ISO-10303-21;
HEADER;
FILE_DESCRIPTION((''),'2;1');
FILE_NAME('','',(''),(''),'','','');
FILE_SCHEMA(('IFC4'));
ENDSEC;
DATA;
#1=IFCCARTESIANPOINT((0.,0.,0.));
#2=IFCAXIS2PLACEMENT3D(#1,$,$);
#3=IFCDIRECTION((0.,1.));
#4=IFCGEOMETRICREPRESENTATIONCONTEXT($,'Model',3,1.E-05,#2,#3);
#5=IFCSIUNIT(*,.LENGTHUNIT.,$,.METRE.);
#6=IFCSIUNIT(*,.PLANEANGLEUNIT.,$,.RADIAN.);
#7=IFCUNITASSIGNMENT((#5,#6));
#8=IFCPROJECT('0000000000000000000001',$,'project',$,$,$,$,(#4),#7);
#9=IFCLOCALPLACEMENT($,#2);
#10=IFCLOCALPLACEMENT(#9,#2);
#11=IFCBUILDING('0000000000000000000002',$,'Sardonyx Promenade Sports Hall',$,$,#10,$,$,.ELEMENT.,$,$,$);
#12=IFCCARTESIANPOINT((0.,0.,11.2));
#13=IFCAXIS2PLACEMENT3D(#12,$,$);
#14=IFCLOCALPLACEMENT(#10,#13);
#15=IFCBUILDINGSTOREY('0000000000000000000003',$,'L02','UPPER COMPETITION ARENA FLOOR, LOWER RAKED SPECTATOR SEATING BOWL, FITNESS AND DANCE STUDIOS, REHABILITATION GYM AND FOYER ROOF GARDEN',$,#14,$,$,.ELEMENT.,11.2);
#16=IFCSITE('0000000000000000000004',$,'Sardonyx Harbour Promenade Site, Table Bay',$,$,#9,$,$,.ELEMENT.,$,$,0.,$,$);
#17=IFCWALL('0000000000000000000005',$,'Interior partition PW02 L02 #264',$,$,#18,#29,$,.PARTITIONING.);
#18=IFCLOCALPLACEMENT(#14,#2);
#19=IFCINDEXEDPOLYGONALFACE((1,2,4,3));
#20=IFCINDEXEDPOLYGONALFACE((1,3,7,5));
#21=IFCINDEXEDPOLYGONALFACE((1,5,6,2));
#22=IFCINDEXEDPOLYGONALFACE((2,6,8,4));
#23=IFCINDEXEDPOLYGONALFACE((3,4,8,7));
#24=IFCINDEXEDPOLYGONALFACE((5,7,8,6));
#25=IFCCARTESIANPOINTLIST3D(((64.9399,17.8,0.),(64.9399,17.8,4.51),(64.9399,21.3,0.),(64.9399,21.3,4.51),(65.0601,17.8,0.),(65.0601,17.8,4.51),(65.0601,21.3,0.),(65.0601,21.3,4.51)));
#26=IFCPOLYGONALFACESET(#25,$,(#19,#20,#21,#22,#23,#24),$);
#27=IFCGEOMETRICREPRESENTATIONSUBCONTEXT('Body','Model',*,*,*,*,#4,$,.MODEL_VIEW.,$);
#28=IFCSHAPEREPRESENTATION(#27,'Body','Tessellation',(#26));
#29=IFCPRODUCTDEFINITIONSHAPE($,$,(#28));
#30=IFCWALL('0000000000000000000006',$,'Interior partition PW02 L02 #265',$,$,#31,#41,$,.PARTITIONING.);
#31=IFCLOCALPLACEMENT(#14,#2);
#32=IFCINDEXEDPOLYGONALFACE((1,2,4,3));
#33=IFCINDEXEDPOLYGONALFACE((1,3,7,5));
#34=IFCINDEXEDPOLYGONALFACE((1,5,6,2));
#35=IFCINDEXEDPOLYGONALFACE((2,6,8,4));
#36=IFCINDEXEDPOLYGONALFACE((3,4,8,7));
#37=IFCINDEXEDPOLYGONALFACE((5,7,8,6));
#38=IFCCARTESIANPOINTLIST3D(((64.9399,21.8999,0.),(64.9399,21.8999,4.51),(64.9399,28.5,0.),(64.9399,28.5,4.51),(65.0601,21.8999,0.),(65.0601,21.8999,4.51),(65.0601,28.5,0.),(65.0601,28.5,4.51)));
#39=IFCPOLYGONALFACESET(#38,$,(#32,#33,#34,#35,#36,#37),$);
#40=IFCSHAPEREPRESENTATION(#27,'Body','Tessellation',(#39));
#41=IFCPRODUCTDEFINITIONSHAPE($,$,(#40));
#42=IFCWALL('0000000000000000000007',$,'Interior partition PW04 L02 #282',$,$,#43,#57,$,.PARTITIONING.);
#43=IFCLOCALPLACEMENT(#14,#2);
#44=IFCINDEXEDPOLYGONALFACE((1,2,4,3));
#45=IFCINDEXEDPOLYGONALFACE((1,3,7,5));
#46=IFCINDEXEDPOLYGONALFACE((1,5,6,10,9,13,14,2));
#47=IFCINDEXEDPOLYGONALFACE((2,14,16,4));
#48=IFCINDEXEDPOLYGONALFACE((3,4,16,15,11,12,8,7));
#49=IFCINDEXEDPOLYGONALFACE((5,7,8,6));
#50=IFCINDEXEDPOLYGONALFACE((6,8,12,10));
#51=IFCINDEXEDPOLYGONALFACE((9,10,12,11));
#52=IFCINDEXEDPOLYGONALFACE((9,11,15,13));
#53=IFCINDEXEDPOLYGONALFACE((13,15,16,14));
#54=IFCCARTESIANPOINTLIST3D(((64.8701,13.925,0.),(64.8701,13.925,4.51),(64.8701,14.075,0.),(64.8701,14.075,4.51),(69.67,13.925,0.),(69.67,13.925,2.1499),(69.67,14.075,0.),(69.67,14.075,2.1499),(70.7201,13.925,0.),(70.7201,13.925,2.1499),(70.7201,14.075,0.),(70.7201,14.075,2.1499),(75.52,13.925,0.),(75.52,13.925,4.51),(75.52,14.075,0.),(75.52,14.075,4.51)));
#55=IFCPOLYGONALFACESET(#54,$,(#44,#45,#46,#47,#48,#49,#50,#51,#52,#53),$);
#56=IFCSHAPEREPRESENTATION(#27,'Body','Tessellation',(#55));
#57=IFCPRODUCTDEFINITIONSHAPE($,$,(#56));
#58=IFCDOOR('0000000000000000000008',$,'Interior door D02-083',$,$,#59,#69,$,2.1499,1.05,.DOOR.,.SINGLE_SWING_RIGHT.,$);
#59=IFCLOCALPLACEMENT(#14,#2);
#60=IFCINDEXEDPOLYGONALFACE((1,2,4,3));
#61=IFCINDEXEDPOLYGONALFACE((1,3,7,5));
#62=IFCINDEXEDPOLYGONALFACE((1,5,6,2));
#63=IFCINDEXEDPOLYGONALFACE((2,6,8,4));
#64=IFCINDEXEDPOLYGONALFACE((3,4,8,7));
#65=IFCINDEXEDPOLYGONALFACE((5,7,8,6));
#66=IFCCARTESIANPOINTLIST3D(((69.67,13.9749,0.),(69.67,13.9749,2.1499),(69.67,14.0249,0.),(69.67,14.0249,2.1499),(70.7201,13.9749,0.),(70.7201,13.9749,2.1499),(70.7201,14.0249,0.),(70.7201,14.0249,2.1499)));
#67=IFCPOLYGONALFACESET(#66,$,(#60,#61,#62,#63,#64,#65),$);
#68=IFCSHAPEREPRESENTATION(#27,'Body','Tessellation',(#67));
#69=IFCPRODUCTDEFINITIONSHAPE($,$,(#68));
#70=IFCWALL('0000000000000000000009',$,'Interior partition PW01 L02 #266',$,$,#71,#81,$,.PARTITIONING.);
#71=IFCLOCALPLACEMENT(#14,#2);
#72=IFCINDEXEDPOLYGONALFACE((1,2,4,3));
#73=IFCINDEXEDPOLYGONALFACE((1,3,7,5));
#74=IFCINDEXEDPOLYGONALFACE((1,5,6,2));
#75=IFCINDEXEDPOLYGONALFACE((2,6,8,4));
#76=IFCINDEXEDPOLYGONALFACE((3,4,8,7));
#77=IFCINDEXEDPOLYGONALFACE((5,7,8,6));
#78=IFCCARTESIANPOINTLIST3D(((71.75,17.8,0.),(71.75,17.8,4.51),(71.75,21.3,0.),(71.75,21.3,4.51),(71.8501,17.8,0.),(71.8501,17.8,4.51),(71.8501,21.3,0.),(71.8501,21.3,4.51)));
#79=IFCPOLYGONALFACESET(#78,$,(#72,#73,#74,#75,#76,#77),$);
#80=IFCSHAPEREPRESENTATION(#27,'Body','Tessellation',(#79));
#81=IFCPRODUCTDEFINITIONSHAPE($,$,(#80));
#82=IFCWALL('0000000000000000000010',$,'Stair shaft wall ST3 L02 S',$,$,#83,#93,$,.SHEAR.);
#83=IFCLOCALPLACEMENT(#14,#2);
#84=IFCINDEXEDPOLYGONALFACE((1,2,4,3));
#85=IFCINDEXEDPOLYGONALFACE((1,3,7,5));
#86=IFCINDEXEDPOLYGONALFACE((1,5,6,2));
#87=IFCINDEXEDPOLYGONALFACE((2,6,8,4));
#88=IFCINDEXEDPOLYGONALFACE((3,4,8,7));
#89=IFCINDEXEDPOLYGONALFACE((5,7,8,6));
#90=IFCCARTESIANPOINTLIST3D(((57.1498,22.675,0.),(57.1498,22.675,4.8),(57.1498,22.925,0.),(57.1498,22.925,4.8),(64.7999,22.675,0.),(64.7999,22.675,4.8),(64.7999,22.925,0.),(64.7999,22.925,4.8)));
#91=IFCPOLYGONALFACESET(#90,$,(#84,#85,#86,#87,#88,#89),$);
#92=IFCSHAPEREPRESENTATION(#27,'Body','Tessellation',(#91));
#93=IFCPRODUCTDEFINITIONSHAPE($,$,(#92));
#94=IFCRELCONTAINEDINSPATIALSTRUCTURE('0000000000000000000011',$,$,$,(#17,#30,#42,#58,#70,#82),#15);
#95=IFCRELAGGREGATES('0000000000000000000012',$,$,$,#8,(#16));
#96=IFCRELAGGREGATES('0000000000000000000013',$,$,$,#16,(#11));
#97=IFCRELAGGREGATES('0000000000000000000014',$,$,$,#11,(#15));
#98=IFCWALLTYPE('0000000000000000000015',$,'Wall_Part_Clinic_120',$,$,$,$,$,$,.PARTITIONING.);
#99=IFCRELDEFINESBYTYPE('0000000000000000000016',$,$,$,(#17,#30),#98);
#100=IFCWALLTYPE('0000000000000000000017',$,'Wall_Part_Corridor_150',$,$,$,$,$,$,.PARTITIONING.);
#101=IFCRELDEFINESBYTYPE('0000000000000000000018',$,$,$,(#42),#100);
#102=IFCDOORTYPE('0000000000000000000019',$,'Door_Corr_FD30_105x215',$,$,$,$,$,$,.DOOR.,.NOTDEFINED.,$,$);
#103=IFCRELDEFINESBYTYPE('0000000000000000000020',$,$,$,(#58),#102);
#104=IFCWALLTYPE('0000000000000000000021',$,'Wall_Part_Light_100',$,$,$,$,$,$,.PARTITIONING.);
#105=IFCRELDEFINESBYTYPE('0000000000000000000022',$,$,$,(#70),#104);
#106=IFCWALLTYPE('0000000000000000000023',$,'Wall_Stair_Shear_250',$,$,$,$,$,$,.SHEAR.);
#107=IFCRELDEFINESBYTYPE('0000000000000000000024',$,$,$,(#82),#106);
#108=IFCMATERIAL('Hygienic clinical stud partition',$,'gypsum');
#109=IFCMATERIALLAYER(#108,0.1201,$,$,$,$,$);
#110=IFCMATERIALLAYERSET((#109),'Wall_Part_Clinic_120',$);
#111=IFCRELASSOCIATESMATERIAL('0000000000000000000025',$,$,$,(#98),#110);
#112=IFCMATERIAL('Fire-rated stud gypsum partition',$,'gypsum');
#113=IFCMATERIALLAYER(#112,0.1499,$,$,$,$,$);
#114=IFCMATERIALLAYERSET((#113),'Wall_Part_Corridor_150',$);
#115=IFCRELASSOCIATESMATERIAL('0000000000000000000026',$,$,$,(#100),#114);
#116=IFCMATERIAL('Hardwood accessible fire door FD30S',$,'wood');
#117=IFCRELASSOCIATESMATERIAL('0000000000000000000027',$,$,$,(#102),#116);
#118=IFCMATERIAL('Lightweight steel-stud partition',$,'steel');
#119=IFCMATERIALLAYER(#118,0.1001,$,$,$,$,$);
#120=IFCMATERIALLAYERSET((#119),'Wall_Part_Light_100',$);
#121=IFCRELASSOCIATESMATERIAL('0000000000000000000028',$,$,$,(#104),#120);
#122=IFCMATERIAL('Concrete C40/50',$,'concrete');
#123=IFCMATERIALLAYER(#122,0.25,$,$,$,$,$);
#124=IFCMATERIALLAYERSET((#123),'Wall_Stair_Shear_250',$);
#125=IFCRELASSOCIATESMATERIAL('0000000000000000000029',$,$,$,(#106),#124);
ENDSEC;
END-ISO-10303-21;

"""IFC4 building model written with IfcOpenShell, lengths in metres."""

from ifc_helpers import new_model, si_unit, direction, frame, frame_2d, origin, place, context, subcontext, project, spatial, rectangle, extrude, material, layer, layer_set, type_object, element, fill, save


model = new_model("IFC4")

# Units and contexts
model_context = context("Model", 3, precision=1e-05, world=origin(), true_north=direction((0.0, 1.0)))
body_context = subcontext(model_context, "Body", "Model", "MODEL_VIEW")
ifc_project = project(units=[si_unit("LENGTHUNIT", "METRE"), si_unit("PLANEANGLEUNIT", "RADIAN")], contexts=[model_context])

# Site, building, storey
site_placement = place(None, origin())
site = spatial("IfcSite", under=ifc_project, at=site_placement, Name="Sardonyx Harbour Promenade Site, Table Bay", CompositionType="ELEMENT", RefElevation=0.0)
building_placement = place(site_placement, origin())
building = spatial("IfcBuilding", under=site, at=building_placement, Name="Sardonyx Promenade Sports Hall", CompositionType="ELEMENT")
storey_placement = place(building_placement, frame((0.0, 0.0, 11.2)))
storey = spatial("IfcBuildingStorey", under=building, at=storey_placement, Name="L02", Description="UPPER COMPETITION ARENA FLOOR, LOWER RAKED SPECTATOR SEATING BOWL, FITNESS AND DANCE STUDIOS, REHABILITATION GYM AND FOYER ROOF GARDEN", CompositionType="ELEMENT", Elevation=11.2)

# Walls
ifc_material_1 = material(Name="Hygienic clinical stud partition", Category="gypsum")
ifc_layer_1 = layer(ifc_material_1, 0.1201)
ifc_layer_set_1 = layer_set([ifc_layer_1], Name="Wall_Part_Clinic_120")
wall_type_1 = type_object("IfcWallType", Name="Wall_Part_Clinic_120", PredefinedType="PARTITIONING", material=ifc_layer_set_1)
wall_1_placement = place(storey_placement, frame((65.0, 17.8, 0.0), z_axis=(0.0, 0.0, 1.0), x_axis=(0.0, 1.0, 0.0)))
element("IfcWall", 1, at=wall_1_placement, inside=storey, type_object=wall_type_1, Name="Interior partition PW02 L02 #264", PredefinedType="PARTITIONING", context=body_context, shape_type="SweptSolid", body=[
    extrude(rectangle(XDim=3.5, YDim=0.1201, at=frame_2d((1.75, 0.0))), origin(), (0.0, 0.0, 1.0), 4.51),
])
wall_2_placement = place(storey_placement, frame((65.0, 21.8999, 0.0), z_axis=(0.0, 0.0, 1.0), x_axis=(0.0, 1.0, 0.0)))
element("IfcWall", 2, at=wall_2_placement, inside=storey, type_object=wall_type_1, Name="Interior partition PW02 L02 #265", PredefinedType="PARTITIONING", context=body_context, shape_type="SweptSolid", body=[
    extrude(rectangle(XDim=6.6001, YDim=0.1201, at=frame_2d((3.3, 0.0))), origin(), (0.0, 0.0, 1.0), 4.51),
])

# Wall, opening, door
ifc_material_2 = material(Name="Fire-rated stud gypsum partition", Category="gypsum")
ifc_layer_2 = layer(ifc_material_2, 0.1499)
ifc_layer_set_2 = layer_set([ifc_layer_2], Name="Wall_Part_Corridor_150")
wall_type_2 = type_object("IfcWallType", Name="Wall_Part_Corridor_150", PredefinedType="PARTITIONING", material=ifc_layer_set_2)
wall_3_placement = place(storey_placement, frame((64.8701, 14.0, 0.0), z_axis=(0.0, 0.0, 1.0), x_axis=(1.0, 0.0, 0.0)))
wall_3 = element("IfcWall", 3, at=wall_3_placement, inside=storey, type_object=wall_type_2, Name="Interior partition PW04 L02 #282", PredefinedType="PARTITIONING", context=body_context, shape_type="SweptSolid", body=[
    extrude(rectangle(XDim=10.6499, YDim=0.1499, at=frame_2d((5.325, 0.0))), origin(), (0.0, 0.0, 1.0), 4.51),
])
opening_1_placement = place(wall_3_placement, frame((4.8, 0.0, 0.0)))
opening_1 = element("IfcOpeningElement", 4, at=opening_1_placement, cuts=wall_3, PredefinedType="OPENING", context=body_context, shape_type="SweptSolid", body=[
    extrude(rectangle(XDim=1.05, YDim=2.1499, at=frame_2d((0.5249, 1.075))), frame((0.0, 0.085, 0.0), z_axis=(0.0, -1.0, 0.0), x_axis=(1.0, 0.0, 0.0)), (0.0, 0.0, 1.0), 0.17),
])
ifc_material_3 = material(Name="Hardwood accessible fire door FD30S", Category="wood")
door_type_1 = type_object("IfcDoorType", Name="Door_Corr_FD30_105x215", OperationType="NOTDEFINED", PredefinedType="DOOR", material=ifc_material_3)
door_1_placement = place(opening_1_placement, origin())
door_1 = element("IfcDoor", 5, at=door_1_placement, inside=storey, type_object=door_type_1, Name="Interior door D02-083", OperationType="SINGLE_SWING_RIGHT", OverallHeight=2.1499, OverallWidth=1.05, PredefinedType="DOOR", context=body_context, shape_type="SweptSolid", body=[
    extrude(rectangle(XDim=1.05, YDim=2.1499, at=frame_2d((0.5249, 1.075))), frame((0.0, 0.0249, 0.0), z_axis=(0.0, -1.0, 0.0), x_axis=(1.0, 0.0, 0.0)), (0.0, 0.0, 1.0), 0.05),
])
fill(opening_1, door_1)

# Walls
ifc_material_4 = material(Name="Lightweight steel-stud partition", Category="steel")
ifc_layer_3 = layer(ifc_material_4, 0.1001)
ifc_layer_set_3 = layer_set([ifc_layer_3], Name="Wall_Part_Light_100")
wall_type_3 = type_object("IfcWallType", Name="Wall_Part_Light_100", PredefinedType="PARTITIONING", material=ifc_layer_set_3)
wall_4_placement = place(storey_placement, frame((71.8, 17.8, 0.0), z_axis=(0.0, 0.0, 1.0), x_axis=(0.0, 1.0, 0.0)))
element("IfcWall", 6, at=wall_4_placement, inside=storey, type_object=wall_type_3, Name="Interior partition PW01 L02 #266", PredefinedType="PARTITIONING", context=body_context, shape_type="SweptSolid", body=[
    extrude(rectangle(XDim=3.5, YDim=0.1001, at=frame_2d((1.75, 0.0))), origin(), (0.0, 0.0, 1.0), 4.51),
])
ifc_material_5 = material(Name="Concrete C40/50", Category="concrete")
ifc_layer_4 = layer(ifc_material_5, 0.25)
ifc_layer_set_4 = layer_set([ifc_layer_4], Name="Wall_Stair_Shear_250")
wall_type_4 = type_object("IfcWallType", Name="Wall_Stair_Shear_250", PredefinedType="SHEAR", material=ifc_layer_set_4)
wall_5_placement = place(storey_placement, frame((64.8, 22.8, 0.0), z_axis=(0.0, 0.0, 1.0), x_axis=(-1.0, 0.0, 0.0)))
element("IfcWall", 7, at=wall_5_placement, inside=storey, type_object=wall_type_4, Name="Stair shaft wall ST3 L02 S", PredefinedType="SHEAR", context=body_context, shape_type="SweptSolid", body=[
    extrude(rectangle(XDim=7.6501, YDim=0.25, at=frame_2d((3.8252, 0.0))), origin(), (0.0, 0.0, 1.0), 4.8),
])

save(model, "model.ifc")
